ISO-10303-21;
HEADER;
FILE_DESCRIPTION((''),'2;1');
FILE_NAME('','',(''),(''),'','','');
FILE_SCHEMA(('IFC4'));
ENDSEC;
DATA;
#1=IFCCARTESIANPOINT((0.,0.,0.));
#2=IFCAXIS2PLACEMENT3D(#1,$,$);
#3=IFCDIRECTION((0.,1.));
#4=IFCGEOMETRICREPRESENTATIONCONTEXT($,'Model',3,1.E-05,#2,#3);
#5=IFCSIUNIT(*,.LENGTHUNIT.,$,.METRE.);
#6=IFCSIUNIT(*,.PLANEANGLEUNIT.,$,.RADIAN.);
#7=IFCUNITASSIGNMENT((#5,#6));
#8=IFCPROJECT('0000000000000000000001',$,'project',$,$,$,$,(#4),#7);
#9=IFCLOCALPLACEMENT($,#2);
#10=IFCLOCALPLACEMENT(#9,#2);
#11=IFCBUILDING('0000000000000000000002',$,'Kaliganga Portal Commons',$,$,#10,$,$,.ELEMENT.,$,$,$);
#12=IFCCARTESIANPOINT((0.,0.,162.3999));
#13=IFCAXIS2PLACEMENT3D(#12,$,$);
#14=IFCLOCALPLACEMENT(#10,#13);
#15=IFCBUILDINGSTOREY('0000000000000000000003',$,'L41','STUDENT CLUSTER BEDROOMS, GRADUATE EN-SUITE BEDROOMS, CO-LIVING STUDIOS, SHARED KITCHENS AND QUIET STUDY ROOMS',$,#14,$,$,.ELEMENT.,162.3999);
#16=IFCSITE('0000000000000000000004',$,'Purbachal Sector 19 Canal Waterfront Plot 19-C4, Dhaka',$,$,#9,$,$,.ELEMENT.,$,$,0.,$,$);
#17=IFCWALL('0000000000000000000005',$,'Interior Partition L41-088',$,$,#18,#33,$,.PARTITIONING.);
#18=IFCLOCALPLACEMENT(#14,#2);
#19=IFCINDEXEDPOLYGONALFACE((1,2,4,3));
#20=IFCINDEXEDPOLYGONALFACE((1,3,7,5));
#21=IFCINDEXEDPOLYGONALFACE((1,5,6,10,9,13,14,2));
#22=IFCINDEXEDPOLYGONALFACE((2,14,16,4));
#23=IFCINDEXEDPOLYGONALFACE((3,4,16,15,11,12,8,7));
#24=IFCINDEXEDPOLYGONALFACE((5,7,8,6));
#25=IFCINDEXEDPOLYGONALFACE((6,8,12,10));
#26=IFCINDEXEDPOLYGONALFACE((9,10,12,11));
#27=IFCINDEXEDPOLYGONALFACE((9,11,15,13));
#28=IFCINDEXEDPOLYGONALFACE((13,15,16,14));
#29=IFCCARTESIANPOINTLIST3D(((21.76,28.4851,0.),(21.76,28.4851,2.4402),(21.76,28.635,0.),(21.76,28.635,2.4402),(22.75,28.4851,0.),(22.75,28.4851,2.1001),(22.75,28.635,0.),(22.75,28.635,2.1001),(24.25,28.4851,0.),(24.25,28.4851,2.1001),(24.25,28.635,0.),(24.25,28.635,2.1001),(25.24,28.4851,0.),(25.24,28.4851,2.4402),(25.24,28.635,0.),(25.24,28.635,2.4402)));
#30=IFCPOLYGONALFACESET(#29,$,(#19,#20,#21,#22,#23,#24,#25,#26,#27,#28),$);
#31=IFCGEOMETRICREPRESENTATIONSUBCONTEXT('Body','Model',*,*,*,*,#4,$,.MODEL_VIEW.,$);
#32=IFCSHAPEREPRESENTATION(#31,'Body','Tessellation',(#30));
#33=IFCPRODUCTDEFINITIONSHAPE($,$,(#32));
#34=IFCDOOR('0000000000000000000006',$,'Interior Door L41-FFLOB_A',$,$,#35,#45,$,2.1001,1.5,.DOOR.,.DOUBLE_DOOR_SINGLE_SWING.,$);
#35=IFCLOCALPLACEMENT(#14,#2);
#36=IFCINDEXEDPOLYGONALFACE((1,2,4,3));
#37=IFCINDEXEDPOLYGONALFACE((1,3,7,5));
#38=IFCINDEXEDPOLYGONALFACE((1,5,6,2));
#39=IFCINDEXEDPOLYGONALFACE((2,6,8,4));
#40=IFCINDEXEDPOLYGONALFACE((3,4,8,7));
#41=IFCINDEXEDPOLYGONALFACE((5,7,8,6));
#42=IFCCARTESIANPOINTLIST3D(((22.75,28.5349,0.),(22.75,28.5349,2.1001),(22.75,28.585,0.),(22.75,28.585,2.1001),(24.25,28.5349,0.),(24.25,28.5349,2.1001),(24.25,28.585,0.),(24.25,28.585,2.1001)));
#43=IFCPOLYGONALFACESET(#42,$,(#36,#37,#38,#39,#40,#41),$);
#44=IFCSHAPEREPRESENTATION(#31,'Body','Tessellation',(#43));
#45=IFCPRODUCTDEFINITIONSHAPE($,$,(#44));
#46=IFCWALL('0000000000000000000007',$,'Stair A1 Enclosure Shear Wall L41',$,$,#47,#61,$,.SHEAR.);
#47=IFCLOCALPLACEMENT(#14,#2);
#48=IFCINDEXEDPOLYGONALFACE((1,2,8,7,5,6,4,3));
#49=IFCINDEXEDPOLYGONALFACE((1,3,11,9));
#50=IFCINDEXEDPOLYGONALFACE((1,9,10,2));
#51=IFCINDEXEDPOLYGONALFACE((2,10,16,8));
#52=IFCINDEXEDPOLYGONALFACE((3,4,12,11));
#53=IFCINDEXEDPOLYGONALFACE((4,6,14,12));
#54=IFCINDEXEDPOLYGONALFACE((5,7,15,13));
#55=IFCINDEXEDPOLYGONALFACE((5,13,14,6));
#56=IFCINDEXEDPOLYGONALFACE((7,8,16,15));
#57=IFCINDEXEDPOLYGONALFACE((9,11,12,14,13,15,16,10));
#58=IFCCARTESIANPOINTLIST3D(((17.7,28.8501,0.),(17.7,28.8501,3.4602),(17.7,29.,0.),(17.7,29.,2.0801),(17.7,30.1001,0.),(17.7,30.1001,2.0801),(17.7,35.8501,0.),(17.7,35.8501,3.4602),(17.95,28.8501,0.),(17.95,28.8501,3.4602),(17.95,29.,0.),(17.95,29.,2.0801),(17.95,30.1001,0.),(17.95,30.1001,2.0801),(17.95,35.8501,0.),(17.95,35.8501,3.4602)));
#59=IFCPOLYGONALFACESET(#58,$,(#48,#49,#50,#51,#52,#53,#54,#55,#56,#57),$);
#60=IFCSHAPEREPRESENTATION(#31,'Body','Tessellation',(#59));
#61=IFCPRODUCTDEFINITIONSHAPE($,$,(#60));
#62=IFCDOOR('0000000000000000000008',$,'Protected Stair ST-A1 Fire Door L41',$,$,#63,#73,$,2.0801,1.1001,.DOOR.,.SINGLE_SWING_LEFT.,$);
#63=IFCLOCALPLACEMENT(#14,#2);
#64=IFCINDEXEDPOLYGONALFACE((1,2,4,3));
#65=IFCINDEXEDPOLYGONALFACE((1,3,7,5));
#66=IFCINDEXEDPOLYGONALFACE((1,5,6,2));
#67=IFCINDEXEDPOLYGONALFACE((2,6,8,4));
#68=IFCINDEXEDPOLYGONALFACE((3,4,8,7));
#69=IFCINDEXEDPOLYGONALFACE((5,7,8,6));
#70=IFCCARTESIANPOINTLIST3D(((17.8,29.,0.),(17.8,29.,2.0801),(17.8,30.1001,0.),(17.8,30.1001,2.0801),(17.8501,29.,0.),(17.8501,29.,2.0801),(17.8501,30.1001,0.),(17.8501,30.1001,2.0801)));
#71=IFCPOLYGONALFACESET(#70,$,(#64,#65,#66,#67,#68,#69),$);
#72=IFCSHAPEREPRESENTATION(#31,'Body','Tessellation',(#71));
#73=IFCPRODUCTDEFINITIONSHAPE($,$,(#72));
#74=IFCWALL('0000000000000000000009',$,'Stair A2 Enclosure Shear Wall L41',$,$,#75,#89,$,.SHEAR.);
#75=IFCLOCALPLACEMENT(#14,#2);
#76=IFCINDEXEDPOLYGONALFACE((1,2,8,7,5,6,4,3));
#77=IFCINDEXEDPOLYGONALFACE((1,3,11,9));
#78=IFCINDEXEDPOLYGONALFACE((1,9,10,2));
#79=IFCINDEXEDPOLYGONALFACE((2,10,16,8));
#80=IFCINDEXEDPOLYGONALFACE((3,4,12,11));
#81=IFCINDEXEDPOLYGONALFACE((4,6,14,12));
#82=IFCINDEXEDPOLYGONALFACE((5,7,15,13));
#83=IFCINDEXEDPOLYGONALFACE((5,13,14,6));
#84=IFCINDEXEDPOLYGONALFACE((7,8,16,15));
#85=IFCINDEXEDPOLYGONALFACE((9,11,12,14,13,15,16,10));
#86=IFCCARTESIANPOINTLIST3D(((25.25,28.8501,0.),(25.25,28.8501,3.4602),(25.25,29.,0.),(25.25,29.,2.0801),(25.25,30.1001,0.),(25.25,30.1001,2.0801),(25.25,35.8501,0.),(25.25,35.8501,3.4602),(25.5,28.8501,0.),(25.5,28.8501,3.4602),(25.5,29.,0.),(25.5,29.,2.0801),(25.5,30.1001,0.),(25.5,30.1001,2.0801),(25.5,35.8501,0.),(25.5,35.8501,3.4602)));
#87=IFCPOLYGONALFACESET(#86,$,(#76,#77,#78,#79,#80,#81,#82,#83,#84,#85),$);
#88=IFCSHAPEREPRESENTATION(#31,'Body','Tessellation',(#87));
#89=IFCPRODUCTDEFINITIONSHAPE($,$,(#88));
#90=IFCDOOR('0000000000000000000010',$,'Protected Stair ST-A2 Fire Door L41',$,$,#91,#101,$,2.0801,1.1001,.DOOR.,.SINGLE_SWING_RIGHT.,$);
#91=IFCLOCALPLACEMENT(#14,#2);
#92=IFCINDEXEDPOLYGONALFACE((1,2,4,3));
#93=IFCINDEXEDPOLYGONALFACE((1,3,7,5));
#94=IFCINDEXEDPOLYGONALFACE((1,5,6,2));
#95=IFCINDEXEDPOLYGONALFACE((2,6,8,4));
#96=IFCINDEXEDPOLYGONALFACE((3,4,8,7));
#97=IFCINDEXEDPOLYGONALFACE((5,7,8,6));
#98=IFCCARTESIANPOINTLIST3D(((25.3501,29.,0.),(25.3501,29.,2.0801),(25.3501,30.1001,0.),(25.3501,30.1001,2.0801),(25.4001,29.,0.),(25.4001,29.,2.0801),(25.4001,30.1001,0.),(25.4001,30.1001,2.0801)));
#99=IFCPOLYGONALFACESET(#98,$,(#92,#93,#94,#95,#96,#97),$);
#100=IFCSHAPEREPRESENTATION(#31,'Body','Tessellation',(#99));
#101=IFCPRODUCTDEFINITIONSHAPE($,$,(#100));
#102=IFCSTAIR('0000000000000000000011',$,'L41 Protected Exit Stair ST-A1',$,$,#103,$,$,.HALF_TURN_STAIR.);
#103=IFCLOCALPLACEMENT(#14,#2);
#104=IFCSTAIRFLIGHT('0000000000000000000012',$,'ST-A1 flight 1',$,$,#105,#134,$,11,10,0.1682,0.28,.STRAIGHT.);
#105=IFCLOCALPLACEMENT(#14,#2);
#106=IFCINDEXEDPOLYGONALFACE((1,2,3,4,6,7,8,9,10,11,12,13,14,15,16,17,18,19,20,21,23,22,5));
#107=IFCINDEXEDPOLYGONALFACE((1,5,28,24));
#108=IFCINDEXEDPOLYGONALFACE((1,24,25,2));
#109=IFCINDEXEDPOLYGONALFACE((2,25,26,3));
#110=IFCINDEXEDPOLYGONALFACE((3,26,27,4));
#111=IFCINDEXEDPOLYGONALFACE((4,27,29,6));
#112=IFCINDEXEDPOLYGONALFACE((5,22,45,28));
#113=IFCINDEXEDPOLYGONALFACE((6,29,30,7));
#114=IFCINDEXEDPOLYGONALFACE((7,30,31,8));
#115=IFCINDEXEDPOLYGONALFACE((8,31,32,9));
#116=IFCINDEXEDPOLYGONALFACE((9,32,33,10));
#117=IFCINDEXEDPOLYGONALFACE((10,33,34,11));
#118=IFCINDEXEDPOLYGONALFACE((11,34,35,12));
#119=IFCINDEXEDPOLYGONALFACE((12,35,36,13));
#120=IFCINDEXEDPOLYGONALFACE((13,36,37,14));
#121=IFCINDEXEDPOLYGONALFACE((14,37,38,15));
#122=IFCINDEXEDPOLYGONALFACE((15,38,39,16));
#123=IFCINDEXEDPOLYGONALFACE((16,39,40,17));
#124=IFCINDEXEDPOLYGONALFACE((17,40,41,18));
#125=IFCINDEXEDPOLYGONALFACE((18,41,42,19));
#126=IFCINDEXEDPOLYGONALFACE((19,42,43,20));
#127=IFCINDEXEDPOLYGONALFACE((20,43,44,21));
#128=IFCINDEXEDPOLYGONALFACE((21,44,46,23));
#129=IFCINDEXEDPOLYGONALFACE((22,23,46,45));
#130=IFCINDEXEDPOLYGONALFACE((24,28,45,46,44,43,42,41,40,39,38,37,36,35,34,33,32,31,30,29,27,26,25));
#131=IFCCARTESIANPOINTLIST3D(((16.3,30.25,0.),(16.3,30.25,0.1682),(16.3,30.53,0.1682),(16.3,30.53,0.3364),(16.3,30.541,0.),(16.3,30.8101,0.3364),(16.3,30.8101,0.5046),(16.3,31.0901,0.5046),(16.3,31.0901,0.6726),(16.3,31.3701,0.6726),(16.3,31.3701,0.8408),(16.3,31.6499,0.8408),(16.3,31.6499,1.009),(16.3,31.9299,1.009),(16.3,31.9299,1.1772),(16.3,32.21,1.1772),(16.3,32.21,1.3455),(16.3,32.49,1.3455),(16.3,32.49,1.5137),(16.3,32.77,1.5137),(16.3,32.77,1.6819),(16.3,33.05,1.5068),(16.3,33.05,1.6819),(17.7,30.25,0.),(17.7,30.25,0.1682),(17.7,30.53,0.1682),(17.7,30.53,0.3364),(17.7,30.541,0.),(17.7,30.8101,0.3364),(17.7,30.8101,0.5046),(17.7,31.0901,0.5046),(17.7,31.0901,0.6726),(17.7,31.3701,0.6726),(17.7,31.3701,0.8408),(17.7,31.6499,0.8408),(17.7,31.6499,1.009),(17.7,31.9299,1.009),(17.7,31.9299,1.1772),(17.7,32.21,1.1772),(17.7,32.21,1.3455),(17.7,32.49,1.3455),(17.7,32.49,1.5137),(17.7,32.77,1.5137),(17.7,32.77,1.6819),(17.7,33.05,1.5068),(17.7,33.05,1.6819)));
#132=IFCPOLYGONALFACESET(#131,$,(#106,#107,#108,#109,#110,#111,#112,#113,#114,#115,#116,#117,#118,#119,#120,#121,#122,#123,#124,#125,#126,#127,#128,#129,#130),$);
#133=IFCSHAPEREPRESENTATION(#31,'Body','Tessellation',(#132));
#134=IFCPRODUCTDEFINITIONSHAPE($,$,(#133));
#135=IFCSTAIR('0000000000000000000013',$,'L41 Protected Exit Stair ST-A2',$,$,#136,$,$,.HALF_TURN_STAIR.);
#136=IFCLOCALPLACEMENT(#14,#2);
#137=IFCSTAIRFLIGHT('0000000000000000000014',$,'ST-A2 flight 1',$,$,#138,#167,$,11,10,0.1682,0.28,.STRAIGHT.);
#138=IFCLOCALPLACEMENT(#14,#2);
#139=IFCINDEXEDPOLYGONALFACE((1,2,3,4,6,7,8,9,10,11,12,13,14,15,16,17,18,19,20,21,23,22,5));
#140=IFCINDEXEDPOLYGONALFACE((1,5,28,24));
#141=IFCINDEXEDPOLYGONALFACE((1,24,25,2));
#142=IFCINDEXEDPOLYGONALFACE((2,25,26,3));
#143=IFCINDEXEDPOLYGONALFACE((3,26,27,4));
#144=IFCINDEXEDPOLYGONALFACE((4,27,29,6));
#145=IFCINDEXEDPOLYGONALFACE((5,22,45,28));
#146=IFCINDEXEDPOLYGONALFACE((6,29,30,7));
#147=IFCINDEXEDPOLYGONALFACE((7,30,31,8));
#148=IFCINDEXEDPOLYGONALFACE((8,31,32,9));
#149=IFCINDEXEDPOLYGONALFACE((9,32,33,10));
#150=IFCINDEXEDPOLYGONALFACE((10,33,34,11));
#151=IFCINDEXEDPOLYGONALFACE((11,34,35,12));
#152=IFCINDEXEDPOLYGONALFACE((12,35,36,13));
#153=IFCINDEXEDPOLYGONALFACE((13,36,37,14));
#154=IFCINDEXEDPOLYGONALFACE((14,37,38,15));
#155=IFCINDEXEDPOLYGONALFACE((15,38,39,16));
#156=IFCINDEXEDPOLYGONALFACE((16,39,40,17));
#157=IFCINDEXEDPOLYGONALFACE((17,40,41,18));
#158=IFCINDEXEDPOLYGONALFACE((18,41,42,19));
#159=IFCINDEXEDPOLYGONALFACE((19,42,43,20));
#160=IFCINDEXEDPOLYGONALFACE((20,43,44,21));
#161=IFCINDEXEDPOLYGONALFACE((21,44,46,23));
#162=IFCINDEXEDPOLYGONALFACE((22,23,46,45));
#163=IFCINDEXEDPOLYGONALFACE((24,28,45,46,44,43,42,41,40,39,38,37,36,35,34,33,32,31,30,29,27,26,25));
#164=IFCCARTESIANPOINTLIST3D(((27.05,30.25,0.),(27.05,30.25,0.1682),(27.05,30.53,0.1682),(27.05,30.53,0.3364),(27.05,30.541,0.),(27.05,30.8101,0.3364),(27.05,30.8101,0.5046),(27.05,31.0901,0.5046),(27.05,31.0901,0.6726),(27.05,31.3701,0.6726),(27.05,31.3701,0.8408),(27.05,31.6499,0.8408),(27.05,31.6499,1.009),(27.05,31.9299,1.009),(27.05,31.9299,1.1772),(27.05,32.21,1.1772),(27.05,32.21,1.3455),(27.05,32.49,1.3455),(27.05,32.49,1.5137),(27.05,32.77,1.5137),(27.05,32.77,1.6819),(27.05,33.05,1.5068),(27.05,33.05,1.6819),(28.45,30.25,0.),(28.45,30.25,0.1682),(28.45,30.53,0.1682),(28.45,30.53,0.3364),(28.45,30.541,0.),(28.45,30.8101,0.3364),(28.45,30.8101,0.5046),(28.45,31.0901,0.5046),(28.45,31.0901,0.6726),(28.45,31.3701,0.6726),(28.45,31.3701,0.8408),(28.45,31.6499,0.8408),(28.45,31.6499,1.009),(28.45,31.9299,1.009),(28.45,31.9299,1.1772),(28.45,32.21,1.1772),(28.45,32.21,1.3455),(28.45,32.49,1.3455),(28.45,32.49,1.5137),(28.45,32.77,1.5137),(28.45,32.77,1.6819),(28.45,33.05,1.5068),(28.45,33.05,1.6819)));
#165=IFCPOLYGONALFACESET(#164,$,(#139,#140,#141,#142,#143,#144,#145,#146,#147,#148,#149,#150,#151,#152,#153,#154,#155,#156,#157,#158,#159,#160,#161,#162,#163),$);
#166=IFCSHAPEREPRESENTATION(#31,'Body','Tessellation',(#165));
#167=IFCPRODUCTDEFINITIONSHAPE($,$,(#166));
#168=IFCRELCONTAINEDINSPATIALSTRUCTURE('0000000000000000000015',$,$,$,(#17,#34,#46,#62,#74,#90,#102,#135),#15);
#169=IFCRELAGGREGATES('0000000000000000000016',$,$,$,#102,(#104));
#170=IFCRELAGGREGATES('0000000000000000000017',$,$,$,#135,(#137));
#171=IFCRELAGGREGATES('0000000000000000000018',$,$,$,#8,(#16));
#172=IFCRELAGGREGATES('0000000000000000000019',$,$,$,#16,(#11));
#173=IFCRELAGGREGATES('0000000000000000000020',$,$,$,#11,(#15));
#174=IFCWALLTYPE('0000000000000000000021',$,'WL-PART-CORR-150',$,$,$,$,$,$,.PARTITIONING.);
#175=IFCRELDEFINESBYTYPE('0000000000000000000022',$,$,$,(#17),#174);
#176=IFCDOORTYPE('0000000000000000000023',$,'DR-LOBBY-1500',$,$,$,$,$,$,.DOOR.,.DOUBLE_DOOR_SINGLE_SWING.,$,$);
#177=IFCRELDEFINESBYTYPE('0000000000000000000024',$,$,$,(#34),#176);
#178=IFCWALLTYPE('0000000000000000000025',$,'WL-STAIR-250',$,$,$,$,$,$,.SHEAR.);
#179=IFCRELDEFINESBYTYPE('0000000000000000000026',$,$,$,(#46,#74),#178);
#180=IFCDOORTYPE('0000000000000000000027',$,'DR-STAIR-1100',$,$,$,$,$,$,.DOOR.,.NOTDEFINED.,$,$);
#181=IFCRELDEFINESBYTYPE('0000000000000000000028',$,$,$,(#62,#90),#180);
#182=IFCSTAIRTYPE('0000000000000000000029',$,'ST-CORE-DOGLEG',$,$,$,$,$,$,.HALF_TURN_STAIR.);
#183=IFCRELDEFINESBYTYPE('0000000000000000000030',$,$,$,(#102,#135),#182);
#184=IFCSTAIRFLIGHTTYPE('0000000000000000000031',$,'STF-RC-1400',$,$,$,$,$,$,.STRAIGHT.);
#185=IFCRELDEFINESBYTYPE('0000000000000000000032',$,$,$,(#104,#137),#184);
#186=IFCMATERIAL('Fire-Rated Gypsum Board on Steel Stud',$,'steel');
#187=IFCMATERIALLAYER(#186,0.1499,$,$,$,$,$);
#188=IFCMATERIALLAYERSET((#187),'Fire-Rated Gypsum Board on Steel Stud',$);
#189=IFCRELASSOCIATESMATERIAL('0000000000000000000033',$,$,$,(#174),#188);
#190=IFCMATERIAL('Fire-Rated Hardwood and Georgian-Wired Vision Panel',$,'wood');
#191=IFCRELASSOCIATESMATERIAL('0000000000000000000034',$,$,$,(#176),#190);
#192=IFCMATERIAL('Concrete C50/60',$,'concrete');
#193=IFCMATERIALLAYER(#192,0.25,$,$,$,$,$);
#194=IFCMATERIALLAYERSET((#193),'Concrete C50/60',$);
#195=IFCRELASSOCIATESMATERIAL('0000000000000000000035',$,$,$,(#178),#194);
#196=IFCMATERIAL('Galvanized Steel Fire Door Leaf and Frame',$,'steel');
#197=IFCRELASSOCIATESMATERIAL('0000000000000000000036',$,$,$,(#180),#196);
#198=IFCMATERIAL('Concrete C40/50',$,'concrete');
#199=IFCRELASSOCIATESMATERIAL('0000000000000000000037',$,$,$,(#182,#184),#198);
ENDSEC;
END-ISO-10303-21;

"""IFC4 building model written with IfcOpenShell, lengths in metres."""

from ifc_helpers import new_model, si_unit, direction, frame, frame_2d, origin, place, context, subcontext, project, spatial, polyline, rectangle, outline, extrude, material, layer, layer_set, type_object, element, fill, aggregate, save


model = new_model("IFC4")

# Units and contexts
model_context = context("Model", 3, precision=1e-05, world=origin(), true_north=direction((0.0, 1.0)))
body_context = subcontext(model_context, "Body", "Model", "MODEL_VIEW")
ifc_project = project(units=[si_unit("LENGTHUNIT", "METRE"), si_unit("PLANEANGLEUNIT", "RADIAN")], contexts=[model_context])

# Site, building, storey
site_placement = place(None, origin())
site = spatial("IfcSite", under=ifc_project, at=site_placement, Name="Purbachal Sector 19 Canal Waterfront Plot 19-C4, Dhaka", CompositionType="ELEMENT", RefElevation=0.0)
building_placement = place(site_placement, origin())
building = spatial("IfcBuilding", under=site, at=building_placement, Name="Kaliganga Portal Commons", CompositionType="ELEMENT")
storey_placement = place(building_placement, frame((0.0, 0.0, 162.3999)))
storey = spatial("IfcBuildingStorey", under=building, at=storey_placement, Name="L41", Description="STUDENT CLUSTER BEDROOMS, GRADUATE EN-SUITE BEDROOMS, CO-LIVING STUDIOS, SHARED KITCHENS AND QUIET STUDY ROOMS", CompositionType="ELEMENT", Elevation=162.3999)

# Shared definitions
ifc_material_1 = material(Name="Concrete C50/60", Category="concrete")

# Shared definitions
ifc_material_2 = material(Name="Fire-Rated Gypsum Board on Steel Stud", Category="steel")
ifc_layer_1 = layer(ifc_material_2, 0.1499)
ifc_layer_set_1 = layer_set([ifc_layer_1], Name="Fire-Rated Gypsum Board on Steel Stud")
wall_type_1 = type_object("IfcWallType", Name="WL-PART-CORR-150", PredefinedType="PARTITIONING", material=ifc_layer_set_1)

# Walls, openings, doors
wall_1_placement = place(storey_placement, frame((21.76, 28.5601, 0.0), z_axis=(0.0, 0.0, 1.0), x_axis=(1.0, 0.0, 0.0)))
wall_1 = element("IfcWall", 1, at=wall_1_placement, inside=storey, type_object=wall_type_1, Name="Interior Partition L41-088", PredefinedType="PARTITIONING", context=body_context, shape_type="SweptSolid", body=[
    extrude(rectangle(XDim=3.48, YDim=0.1499, at=frame_2d((1.74, 0.0))), origin(), (0.0, 0.0, 1.0), 2.4402),
])
opening_1_placement = place(wall_1_placement, frame((0.99, 0.0, 0.0)))
opening_1 = element("IfcOpeningElement", 2, at=opening_1_placement, cuts=wall_1, PredefinedType="OPENING", context=body_context, shape_type="SweptSolid", body=[
    extrude(rectangle(XDim=1.5, YDim=2.1001, at=frame_2d((0.75, 1.05))), frame((0.0, 0.085, 0.0), z_axis=(0.0, -1.0, 0.0), x_axis=(1.0, 0.0, 0.0)), (0.0, 0.0, 1.0), 0.1699),
])
ifc_material_3 = material(Name="Fire-Rated Hardwood and Georgian-Wired Vision Panel", Category="wood")
door_type_1 = type_object("IfcDoorType", Name="DR-LOBBY-1500", OperationType="DOUBLE_DOOR_SINGLE_SWING", PredefinedType="DOOR", material=ifc_material_3)
door_1_placement = place(opening_1_placement, origin())
door_1 = element("IfcDoor", 3, at=door_1_placement, inside=storey, type_object=door_type_1, Name="Interior Door L41-FFLOB_A", OperationType="DOUBLE_DOOR_SINGLE_SWING", OverallHeight=2.1001, OverallWidth=1.5, PredefinedType="DOOR", context=body_context, shape_type="SweptSolid", body=[
    extrude(rectangle(XDim=1.5, YDim=2.1001, at=frame_2d((0.75, 1.05))), frame((0.0, 0.0249, 0.0), z_axis=(0.0, -1.0, 0.0), x_axis=(1.0, 0.0, 0.0)), (0.0, 0.0, 1.0), 0.05),
])
fill(opening_1, door_1)
ifc_layer_2 = layer(ifc_material_1, 0.25)
ifc_layer_set_2 = layer_set([ifc_layer_2], Name="Concrete C50/60")
wall_type_2 = type_object("IfcWallType", Name="WL-STAIR-250", PredefinedType="SHEAR", material=ifc_layer_set_2)
wall_2_placement = place(storey_placement, frame((17.825, 28.8501, 0.0), z_axis=(0.0, 0.0, 1.0), x_axis=(0.0, 1.0, 0.0)))
wall_2 = element("IfcWall", 4, at=wall_2_placement, inside=storey, type_object=wall_type_2, Name="Stair A1 Enclosure Shear Wall L41", PredefinedType="SHEAR", context=body_context, shape_type="SweptSolid", body=[
    extrude(rectangle(XDim=7.0, YDim=0.25, at=frame_2d((3.5, 0.0))), origin(), (0.0, 0.0, 1.0), 3.4602),
])
opening_2_placement = place(wall_2_placement, frame((0.1499, 0.0, 0.0)))
opening_2 = element("IfcOpeningElement", 5, at=opening_2_placement, cuts=wall_2, PredefinedType="OPENING", context=body_context, shape_type="SweptSolid", body=[
    extrude(rectangle(XDim=1.1001, YDim=2.0801, at=frame_2d((0.55, 1.04))), frame((0.0, 0.135, 0.0), z_axis=(0.0, -1.0, 0.0), x_axis=(1.0, 0.0, 0.0)), (0.0, 0.0, 1.0), 0.27),
])
ifc_material_4 = material(Name="Galvanized Steel Fire Door Leaf and Frame", Category="steel")
door_type_2 = type_object("IfcDoorType", Name="DR-STAIR-1100", OperationType="NOTDEFINED", PredefinedType="DOOR", material=ifc_material_4)
door_2_placement = place(opening_2_placement, origin())
door_2 = element("IfcDoor", 6, at=door_2_placement, inside=storey, type_object=door_type_2, Name="Protected Stair ST-A1 Fire Door L41", OperationType="SINGLE_SWING_LEFT", OverallHeight=2.0801, OverallWidth=1.1001, PredefinedType="DOOR", context=body_context, shape_type="SweptSolid", body=[
    extrude(rectangle(XDim=1.1001, YDim=2.0801, at=frame_2d((0.55, 1.04))), frame((0.0, 0.0249, 0.0), z_axis=(0.0, -1.0, 0.0), x_axis=(1.0, 0.0, 0.0)), (0.0, 0.0, 1.0), 0.05),
])
fill(opening_2, door_2)
wall_3_placement = place(storey_placement, frame((25.375, 28.8501, 0.0), z_axis=(0.0, 0.0, 1.0), x_axis=(0.0, 1.0, 0.0)))
wall_3 = element("IfcWall", 7, at=wall_3_placement, inside=storey, type_object=wall_type_2, Name="Stair A2 Enclosure Shear Wall L41", PredefinedType="SHEAR", context=body_context, shape_type="SweptSolid", body=[
    extrude(rectangle(XDim=7.0, YDim=0.25, at=frame_2d((3.5, 0.0))), origin(), (0.0, 0.0, 1.0), 3.4602),
])
opening_3_placement = place(wall_3_placement, frame((0.1499, 0.0, 0.0)))
opening_3 = element("IfcOpeningElement", 8, at=opening_3_placement, cuts=wall_3, PredefinedType="OPENING", context=body_context, shape_type="SweptSolid", body=[
    extrude(rectangle(XDim=1.1001, YDim=2.0801, at=frame_2d((0.55, 1.04))), frame((0.0, 0.135, 0.0), z_axis=(0.0, -1.0, 0.0), x_axis=(1.0, 0.0, 0.0)), (0.0, 0.0, 1.0), 0.27),
])
door_3_placement = place(opening_3_placement, origin())
door_3 = element("IfcDoor", 9, at=door_3_placement, inside=storey, type_object=door_type_2, Name="Protected Stair ST-A2 Fire Door L41", OperationType="SINGLE_SWING_RIGHT", OverallHeight=2.0801, OverallWidth=1.1001, PredefinedType="DOOR", context=body_context, shape_type="SweptSolid", body=[
    extrude(rectangle(XDim=1.1001, YDim=2.0801, at=frame_2d((0.55, 1.04))), frame((0.0, 0.0249, 0.0), z_axis=(0.0, -1.0, 0.0), x_axis=(1.0, 0.0, 0.0)), (0.0, 0.0, 1.0), 0.05),
])
fill(opening_3, door_3)

# Stairs, stair flights
ifc_material_5 = material(Name="Concrete C40/50", Category="concrete")
stair_type = type_object("IfcStairType", Name="ST-CORE-DOGLEG", PredefinedType="HALF_TURN_STAIR", material=ifc_material_5)
stair_1_placement = place(storey_placement, origin())
stair_1 = element("IfcStair", 10, at=stair_1_placement, inside=storey, type_object=stair_type, Name="L41 Protected Exit Stair ST-A1", PredefinedType="HALF_TURN_STAIR")
stair_flight_type = type_object("IfcStairFlightType", Name="STF-RC-1400", PredefinedType="STRAIGHT", material=ifc_material_5)
stair_flight_1_placement = place(storey_placement, frame((17.0, 30.25, 0.0), z_axis=(0.0, 0.0, 1.0), x_axis=(0.0, 1.0, 0.0)))
stair_flight_1 = element("IfcStairFlight", 11, at=stair_flight_1_placement, type_object=stair_flight_type, Name="ST-A1 flight 1", NumberOfRisers=11, NumberOfTreads=10, PredefinedType="STRAIGHT", RiserHeight=0.1682, TreadLength=0.28, context=body_context, shape_type="SweptSolid", body=[
    extrude(outline(polyline([(0.0, 0.0), (0.0, 0.1682), (0.28, 0.1682), (0.28, 0.3364), (0.5601, 0.3364), (0.5601, 0.5046), (0.8401, 0.5046), (0.8401, 0.6726), (1.1201, 0.6726), (1.1201, 0.8408), (1.3999, 0.8408), (1.3999, 1.009), (1.6799, 1.009), (1.6799, 1.1772), (1.96, 1.1772), (1.96, 1.3455), (2.24, 1.3455), (2.24, 1.5137), (2.52, 1.5137), (2.52, 1.6819), (2.8, 1.6819), (2.8, 1.8501), (2.8, 1.5068), (0.291, 0.0), (0.0, 0.0)])), frame((0.0, 0.7, 0.0), z_axis=(0.0, -1.0, 0.0), x_axis=(1.0, 0.0, 0.0)), (0.0, 0.0, 1.0), 1.3999),
])
aggregate(stair_1, [stair_flight_1])
stair_2_placement = place(storey_placement, origin())
stair_2 = element("IfcStair", 12, at=stair_2_placement, inside=storey, type_object=stair_type, Name="L41 Protected Exit Stair ST-A2", PredefinedType="HALF_TURN_STAIR")
stair_flight_2_placement = place(storey_placement, frame((27.75, 30.25, 0.0), z_axis=(0.0, 0.0, 1.0), x_axis=(0.0, 1.0, 0.0)))
stair_flight_2 = element("IfcStairFlight", 13, at=stair_flight_2_placement, type_object=stair_flight_type, Name="ST-A2 flight 1", NumberOfRisers=11, NumberOfTreads=10, PredefinedType="STRAIGHT", RiserHeight=0.1682, TreadLength=0.28, context=body_context, shape_type="SweptSolid", body=[
    extrude(outline(polyline([(0.0, 0.0), (0.0, 0.1682), (0.28, 0.1682), (0.28, 0.3364), (0.5601, 0.3364), (0.5601, 0.5046), (0.8401, 0.5046), (0.8401, 0.6726), (1.1201, 0.6726), (1.1201, 0.8408), (1.3999, 0.8408), (1.3999, 1.009), (1.6799, 1.009), (1.6799, 1.1772), (1.96, 1.1772), (1.96, 1.3455), (2.24, 1.3455), (2.24, 1.5137), (2.52, 1.5137), (2.52, 1.6819), (2.8, 1.6819), (2.8, 1.8501), (2.8, 1.5068), (0.291, 0.0), (0.0, 0.0)])), frame((0.0, 0.7, 0.0), z_axis=(0.0, -1.0, 0.0), x_axis=(1.0, 0.0, 0.0)), (0.0, 0.0, 1.0), 1.3999),
])
aggregate(stair_2, [stair_flight_2])

save(model, "model.ifc")
